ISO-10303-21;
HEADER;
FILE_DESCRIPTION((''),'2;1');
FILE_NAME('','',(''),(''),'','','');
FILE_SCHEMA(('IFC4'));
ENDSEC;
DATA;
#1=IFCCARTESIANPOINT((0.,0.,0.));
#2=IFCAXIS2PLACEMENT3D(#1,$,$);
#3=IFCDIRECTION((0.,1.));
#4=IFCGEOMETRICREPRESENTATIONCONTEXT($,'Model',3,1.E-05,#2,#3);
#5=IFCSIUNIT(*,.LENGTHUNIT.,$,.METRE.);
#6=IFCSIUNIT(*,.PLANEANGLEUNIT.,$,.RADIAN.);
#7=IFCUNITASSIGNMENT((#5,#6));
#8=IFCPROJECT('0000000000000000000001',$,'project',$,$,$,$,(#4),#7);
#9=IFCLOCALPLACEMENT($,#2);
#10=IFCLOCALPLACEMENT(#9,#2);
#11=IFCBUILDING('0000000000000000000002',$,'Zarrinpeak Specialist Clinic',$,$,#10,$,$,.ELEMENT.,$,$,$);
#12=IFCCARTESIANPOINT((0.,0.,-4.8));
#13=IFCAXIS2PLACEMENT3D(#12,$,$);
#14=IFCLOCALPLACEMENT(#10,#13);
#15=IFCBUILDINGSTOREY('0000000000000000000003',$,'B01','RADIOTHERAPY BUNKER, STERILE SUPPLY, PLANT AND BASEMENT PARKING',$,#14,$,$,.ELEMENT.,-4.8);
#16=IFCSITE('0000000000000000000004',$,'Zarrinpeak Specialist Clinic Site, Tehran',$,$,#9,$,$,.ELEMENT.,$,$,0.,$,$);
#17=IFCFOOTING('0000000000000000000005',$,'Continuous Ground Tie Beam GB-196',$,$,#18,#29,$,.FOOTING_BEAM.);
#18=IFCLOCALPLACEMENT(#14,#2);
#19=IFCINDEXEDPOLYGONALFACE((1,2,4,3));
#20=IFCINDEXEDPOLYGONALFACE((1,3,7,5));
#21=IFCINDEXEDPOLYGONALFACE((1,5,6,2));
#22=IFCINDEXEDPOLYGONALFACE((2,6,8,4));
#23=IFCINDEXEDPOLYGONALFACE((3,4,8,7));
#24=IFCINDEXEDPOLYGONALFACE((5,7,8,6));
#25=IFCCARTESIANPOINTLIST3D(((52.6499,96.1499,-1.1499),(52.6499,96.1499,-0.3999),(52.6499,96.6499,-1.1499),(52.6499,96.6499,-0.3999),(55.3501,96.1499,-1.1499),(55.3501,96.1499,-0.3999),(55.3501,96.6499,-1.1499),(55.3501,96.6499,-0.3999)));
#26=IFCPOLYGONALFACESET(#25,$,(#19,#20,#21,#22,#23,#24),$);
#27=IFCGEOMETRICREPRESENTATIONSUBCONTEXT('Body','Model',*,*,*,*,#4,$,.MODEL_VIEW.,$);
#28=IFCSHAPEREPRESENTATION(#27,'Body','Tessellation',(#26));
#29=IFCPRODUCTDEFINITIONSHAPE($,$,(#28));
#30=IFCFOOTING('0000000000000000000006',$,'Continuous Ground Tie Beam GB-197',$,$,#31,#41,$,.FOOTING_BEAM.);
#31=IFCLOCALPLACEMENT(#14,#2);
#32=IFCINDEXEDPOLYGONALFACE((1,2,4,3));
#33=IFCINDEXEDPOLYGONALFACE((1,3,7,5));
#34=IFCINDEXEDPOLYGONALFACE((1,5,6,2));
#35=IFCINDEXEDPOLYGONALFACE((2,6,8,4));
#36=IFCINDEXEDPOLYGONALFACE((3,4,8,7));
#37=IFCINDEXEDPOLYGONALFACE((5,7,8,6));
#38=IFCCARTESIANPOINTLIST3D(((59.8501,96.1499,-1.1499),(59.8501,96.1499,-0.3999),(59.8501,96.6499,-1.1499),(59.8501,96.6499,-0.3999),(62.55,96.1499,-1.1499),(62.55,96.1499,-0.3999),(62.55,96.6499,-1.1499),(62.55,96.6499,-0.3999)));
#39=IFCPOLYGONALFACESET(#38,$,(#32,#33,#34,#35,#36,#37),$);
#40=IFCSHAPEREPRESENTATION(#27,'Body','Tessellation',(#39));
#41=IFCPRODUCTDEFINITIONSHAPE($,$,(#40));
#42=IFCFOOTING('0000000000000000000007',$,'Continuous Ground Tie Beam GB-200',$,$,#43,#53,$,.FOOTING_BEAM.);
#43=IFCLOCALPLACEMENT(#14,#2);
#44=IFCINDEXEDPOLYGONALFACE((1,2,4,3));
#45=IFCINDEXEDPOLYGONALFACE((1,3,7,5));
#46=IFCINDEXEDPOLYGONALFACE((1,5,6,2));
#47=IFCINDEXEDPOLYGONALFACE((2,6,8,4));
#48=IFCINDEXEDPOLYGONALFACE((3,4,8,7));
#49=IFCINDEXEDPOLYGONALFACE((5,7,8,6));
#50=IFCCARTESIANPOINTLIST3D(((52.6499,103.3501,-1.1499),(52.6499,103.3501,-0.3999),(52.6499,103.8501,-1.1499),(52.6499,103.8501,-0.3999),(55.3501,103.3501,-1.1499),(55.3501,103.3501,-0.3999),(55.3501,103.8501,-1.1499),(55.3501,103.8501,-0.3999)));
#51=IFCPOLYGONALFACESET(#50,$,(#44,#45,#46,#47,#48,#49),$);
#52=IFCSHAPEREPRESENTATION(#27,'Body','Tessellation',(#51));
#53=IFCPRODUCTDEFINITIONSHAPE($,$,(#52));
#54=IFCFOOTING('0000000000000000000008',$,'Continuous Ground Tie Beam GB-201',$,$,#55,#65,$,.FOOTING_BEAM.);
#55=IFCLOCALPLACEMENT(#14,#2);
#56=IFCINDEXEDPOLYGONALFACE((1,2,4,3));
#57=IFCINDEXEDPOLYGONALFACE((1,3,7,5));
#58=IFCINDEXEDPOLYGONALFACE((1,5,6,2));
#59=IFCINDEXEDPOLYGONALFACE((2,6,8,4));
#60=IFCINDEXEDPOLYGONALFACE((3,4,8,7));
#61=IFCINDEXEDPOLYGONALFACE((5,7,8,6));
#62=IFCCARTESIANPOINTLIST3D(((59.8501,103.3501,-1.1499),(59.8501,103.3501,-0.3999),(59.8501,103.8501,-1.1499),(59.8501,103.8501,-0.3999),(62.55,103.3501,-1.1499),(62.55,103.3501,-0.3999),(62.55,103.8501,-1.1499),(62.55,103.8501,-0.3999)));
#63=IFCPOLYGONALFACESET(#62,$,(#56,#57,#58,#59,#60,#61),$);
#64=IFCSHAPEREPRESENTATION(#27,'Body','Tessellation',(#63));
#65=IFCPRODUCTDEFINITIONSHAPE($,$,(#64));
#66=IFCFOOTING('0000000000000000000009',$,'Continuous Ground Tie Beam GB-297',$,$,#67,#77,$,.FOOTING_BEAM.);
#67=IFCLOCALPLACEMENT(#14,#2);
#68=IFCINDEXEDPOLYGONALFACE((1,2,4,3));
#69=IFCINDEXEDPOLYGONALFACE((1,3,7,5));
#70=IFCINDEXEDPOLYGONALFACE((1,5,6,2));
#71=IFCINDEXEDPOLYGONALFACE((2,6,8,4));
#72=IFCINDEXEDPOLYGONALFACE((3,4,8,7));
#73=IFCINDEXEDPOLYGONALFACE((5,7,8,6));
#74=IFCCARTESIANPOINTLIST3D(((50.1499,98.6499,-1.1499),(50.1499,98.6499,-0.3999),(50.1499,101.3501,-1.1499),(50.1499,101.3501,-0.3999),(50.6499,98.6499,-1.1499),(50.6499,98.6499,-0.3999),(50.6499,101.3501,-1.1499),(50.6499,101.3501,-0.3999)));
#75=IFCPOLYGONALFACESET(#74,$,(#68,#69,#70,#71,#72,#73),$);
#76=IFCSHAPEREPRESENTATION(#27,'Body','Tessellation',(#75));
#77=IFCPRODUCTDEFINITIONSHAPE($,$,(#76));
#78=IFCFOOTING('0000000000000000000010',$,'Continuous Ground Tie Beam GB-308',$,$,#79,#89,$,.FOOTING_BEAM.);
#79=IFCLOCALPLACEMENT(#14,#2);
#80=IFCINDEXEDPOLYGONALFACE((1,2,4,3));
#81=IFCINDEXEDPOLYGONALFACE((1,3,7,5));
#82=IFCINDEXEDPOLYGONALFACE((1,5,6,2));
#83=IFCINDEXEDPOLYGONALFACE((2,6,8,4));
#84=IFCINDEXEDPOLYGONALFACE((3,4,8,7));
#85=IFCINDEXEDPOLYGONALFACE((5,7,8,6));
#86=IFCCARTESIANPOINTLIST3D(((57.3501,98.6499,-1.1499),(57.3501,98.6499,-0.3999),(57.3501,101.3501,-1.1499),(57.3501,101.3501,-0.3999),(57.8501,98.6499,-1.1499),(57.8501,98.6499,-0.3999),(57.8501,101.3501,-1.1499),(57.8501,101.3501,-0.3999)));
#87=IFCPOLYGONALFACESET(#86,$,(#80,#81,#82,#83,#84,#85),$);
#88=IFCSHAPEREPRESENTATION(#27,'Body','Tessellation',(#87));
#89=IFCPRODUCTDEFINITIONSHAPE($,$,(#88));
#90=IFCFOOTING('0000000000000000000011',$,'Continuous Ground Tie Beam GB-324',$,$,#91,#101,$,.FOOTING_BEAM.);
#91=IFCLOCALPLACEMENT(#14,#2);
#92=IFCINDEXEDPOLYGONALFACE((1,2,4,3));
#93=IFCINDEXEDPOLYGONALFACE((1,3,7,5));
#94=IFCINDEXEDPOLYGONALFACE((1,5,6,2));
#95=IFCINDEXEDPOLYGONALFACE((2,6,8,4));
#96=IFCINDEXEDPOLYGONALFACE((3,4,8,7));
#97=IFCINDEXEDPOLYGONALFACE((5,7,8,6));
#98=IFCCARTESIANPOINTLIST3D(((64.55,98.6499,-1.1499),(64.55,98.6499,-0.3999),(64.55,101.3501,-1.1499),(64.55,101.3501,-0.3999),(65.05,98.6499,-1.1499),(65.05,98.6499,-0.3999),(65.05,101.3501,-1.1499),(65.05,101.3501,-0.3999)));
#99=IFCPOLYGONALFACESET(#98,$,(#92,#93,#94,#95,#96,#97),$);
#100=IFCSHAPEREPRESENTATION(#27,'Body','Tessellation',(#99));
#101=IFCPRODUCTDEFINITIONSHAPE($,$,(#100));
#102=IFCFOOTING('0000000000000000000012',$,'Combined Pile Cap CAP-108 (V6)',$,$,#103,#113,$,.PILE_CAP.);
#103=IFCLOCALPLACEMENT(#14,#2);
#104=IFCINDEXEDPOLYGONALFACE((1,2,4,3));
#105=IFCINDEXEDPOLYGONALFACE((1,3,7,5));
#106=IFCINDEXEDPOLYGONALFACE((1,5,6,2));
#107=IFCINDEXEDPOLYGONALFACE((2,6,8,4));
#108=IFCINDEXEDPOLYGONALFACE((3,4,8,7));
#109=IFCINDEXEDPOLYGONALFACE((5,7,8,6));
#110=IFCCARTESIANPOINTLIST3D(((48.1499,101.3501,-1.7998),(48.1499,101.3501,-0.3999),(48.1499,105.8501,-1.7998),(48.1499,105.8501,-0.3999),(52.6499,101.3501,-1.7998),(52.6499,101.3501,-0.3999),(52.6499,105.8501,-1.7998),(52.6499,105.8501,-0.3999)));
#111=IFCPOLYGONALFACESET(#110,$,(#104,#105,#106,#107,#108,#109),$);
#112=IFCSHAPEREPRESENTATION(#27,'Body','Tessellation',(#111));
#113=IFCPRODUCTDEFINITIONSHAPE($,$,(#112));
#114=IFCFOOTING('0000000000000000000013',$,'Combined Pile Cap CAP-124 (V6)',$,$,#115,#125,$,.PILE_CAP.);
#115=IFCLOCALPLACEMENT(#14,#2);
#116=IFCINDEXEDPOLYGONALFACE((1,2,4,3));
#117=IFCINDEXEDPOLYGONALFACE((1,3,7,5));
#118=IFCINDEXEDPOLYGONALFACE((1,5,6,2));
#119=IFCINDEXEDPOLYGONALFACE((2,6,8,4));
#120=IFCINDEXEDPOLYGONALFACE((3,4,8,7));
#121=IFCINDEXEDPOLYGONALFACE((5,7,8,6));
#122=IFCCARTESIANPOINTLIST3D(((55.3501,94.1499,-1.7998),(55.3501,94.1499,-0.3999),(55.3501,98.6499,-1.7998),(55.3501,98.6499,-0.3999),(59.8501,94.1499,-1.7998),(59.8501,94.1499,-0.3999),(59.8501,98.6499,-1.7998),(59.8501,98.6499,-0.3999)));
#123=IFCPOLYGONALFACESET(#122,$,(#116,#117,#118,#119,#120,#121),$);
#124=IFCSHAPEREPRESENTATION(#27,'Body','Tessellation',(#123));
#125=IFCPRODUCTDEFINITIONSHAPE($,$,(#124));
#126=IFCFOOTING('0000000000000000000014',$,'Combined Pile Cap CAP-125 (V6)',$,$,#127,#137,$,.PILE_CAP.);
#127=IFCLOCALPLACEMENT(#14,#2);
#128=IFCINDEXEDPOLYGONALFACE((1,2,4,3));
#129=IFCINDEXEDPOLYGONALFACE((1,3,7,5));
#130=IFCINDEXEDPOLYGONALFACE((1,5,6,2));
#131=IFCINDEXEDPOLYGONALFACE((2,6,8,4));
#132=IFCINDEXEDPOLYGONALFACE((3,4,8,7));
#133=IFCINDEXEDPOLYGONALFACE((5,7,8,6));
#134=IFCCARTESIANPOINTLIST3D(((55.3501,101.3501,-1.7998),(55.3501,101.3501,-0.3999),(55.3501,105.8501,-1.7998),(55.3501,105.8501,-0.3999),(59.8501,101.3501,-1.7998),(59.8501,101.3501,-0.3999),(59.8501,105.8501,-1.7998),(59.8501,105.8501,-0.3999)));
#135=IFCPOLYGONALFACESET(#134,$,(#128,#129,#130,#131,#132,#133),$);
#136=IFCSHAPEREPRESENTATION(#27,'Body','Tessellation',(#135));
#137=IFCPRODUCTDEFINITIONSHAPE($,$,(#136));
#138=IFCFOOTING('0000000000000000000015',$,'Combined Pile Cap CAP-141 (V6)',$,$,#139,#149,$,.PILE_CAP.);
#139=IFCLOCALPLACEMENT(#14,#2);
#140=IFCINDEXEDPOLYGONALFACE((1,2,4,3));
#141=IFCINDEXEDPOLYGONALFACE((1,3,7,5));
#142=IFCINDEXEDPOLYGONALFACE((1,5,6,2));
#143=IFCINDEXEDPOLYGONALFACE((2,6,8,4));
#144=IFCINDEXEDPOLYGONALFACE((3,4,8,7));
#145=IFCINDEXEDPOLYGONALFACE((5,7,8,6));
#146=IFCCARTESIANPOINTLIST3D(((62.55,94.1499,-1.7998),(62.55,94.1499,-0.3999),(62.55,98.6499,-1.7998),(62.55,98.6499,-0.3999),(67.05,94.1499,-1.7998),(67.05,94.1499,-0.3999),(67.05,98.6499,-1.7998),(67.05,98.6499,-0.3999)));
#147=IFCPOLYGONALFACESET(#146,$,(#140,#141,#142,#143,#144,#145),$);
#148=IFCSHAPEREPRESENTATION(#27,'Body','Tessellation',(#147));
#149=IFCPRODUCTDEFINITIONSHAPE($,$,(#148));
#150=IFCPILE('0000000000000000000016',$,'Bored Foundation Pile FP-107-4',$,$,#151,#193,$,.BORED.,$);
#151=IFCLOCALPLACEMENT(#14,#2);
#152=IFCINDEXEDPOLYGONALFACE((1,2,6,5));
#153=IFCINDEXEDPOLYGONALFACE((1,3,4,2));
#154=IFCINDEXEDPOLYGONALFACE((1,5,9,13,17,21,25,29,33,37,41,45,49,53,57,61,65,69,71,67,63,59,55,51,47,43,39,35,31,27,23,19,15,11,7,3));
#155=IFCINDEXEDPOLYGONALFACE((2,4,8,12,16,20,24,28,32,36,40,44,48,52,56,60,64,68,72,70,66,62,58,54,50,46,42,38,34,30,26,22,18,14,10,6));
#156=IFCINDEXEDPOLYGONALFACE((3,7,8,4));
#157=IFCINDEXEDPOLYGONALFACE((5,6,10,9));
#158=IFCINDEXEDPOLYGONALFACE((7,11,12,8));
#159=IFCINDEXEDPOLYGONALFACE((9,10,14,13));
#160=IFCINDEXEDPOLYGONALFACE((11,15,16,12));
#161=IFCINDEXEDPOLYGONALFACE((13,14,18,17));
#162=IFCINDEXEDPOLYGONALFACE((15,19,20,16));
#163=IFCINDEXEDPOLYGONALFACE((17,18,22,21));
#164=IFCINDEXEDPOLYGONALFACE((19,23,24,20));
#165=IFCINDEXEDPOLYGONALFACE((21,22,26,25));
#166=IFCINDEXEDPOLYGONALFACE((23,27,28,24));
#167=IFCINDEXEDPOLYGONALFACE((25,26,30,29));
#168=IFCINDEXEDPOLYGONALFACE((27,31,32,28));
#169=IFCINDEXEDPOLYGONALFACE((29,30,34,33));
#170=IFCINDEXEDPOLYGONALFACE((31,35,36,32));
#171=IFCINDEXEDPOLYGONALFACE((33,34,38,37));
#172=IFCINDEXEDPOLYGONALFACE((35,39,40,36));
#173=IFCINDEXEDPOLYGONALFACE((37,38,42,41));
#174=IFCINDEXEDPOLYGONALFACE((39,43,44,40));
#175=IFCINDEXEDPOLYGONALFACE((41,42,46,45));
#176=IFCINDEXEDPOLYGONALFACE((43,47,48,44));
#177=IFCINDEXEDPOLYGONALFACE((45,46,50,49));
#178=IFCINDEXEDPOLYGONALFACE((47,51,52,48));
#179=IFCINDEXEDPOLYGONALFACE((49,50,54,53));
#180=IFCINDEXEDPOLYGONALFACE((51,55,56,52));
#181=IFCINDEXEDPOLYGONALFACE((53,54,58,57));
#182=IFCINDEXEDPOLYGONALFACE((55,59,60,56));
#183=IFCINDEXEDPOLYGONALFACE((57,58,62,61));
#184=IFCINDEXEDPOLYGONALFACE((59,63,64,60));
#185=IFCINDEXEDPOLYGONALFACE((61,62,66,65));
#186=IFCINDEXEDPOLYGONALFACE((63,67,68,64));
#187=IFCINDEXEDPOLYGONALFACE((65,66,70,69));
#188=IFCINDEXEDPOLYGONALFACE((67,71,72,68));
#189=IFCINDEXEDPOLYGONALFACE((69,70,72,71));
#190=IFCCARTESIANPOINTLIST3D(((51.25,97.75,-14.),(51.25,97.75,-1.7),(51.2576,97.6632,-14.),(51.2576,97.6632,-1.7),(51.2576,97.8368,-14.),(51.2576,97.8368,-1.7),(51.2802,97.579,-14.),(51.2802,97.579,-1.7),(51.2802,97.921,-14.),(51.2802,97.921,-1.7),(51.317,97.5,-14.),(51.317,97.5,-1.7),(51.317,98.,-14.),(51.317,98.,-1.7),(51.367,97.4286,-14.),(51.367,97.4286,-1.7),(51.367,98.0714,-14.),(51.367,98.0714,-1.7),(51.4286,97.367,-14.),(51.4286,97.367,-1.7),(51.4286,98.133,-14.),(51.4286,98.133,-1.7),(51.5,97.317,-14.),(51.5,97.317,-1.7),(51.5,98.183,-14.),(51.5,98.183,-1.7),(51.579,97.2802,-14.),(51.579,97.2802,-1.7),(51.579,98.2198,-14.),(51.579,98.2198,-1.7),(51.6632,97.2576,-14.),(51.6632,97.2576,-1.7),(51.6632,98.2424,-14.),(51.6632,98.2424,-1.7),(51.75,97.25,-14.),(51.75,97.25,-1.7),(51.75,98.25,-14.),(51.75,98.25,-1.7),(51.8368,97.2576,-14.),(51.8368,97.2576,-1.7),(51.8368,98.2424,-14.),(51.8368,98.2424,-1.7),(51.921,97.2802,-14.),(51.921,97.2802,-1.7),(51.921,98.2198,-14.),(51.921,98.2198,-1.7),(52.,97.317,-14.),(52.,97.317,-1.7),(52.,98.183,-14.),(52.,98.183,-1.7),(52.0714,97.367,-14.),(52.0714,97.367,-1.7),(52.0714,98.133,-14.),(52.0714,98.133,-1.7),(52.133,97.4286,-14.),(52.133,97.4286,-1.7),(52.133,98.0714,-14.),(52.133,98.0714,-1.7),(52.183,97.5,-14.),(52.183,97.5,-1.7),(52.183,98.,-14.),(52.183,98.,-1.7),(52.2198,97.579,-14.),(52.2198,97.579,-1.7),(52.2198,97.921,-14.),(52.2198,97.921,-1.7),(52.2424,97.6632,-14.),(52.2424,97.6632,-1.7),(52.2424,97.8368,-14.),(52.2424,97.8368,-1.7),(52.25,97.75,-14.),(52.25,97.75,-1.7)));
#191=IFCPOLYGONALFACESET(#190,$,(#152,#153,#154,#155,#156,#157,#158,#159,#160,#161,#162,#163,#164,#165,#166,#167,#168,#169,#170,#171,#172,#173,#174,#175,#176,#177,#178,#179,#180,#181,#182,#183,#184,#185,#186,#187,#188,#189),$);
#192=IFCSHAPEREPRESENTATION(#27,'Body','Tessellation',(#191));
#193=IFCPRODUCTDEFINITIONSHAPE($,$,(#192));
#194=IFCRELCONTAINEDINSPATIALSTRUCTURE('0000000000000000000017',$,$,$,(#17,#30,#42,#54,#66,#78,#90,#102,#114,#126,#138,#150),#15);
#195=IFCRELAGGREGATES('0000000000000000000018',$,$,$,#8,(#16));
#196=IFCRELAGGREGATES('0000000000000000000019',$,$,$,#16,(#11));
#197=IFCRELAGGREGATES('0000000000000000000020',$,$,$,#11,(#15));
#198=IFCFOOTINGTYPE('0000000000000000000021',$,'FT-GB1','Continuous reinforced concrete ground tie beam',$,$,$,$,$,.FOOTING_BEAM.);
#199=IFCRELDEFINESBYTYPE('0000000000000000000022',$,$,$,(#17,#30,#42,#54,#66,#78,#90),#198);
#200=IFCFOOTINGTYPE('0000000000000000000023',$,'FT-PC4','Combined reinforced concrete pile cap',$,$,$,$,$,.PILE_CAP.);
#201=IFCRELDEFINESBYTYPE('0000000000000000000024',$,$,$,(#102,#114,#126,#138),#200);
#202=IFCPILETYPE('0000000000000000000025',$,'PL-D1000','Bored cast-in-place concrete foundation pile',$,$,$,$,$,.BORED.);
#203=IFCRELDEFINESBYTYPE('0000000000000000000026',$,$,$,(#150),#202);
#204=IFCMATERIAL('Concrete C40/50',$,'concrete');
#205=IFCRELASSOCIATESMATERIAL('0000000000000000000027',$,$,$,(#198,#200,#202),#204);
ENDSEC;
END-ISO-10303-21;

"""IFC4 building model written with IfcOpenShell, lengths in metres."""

from ifc_helpers import new_model, si_unit, direction, frame, origin, origin_2d, place, context, subcontext, project, spatial, rectangle, circle, extrude, material, material_profile, profile_set, type_object, element, save


model = new_model("IFC4")

# Units and contexts
model_context = context("Model", 3, precision=1e-05, world=origin(), true_north=direction((0.0, 1.0)))
body_context = subcontext(model_context, "Body", "Model", "MODEL_VIEW")
ifc_project = project(units=[si_unit("LENGTHUNIT", "METRE"), si_unit("PLANEANGLEUNIT", "RADIAN")], contexts=[model_context])

# Site, building, storey
site_placement = place(None, origin())
site = spatial("IfcSite", under=ifc_project, at=site_placement, Name="Zarrinpeak Specialist Clinic Site, Tehran", CompositionType="ELEMENT", RefElevation=0.0)
building_placement = place(site_placement, origin())
building = spatial("IfcBuilding", under=site, at=building_placement, Name="Zarrinpeak Specialist Clinic", CompositionType="ELEMENT")
storey_placement = place(building_placement, frame((0.0, 0.0, -4.8)))
storey = spatial("IfcBuildingStorey", under=building, at=storey_placement, Name="B01", Description="RADIOTHERAPY BUNKER, STERILE SUPPLY, PLANT AND BASEMENT PARKING", CompositionType="ELEMENT", Elevation=-4.8)

# Footings
ifc_material_1 = material(Name="Concrete C40/50", Category="concrete")
ifc_material_profile_1 = material_profile(ifc_material_1, rectangle(XDim=0.5, YDim=0.75, at=origin_2d()), Name="RC 500x750")
ifc_profile_set_1 = profile_set([ifc_material_profile_1], Name="Concrete C40/50")
footing_type_1 = type_object("IfcFootingType", Name="FT-GB1", Description="Continuous reinforced concrete ground tie beam", PredefinedType="FOOTING_BEAM", material=ifc_profile_set_1)
footing_1_placement = place(storey_placement, frame((52.6499, 96.3999, -0.7749), z_axis=(1.0, 0.0, 0.0), x_axis=(0.0, 1.0, 0.0)))
element("IfcFooting", 1, at=footing_1_placement, inside=storey, type_object=footing_type_1, Name="Continuous Ground Tie Beam GB-196", PredefinedType="FOOTING_BEAM", context=body_context, shape_type="SweptSolid", body=[
    extrude(rectangle(XDim=0.5, YDim=0.75, at=origin_2d()), origin(), (0.0, 0.0, 1.0), 2.7002),
])
footing_2_placement = place(storey_placement, frame((59.8501, 96.3999, -0.7749), z_axis=(1.0, 0.0, 0.0), x_axis=(0.0, 1.0, 0.0)))
element("IfcFooting", 2, at=footing_2_placement, inside=storey, type_object=footing_type_1, Name="Continuous Ground Tie Beam GB-197", PredefinedType="FOOTING_BEAM", context=body_context, shape_type="SweptSolid", body=[
    extrude(rectangle(XDim=0.5, YDim=0.75, at=origin_2d()), origin(), (0.0, 0.0, 1.0), 2.7),
])
footing_3_placement = place(storey_placement, frame((52.6499, 103.6001, -0.7749), z_axis=(1.0, 0.0, 0.0), x_axis=(0.0, 1.0, 0.0)))
element("IfcFooting", 3, at=footing_3_placement, inside=storey, type_object=footing_type_1, Name="Continuous Ground Tie Beam GB-200", PredefinedType="FOOTING_BEAM", context=body_context, shape_type="SweptSolid", body=[
    extrude(rectangle(XDim=0.5, YDim=0.75, at=origin_2d()), origin(), (0.0, 0.0, 1.0), 2.7002),
])
footing_4_placement = place(storey_placement, frame((59.8501, 103.6001, -0.7749), z_axis=(1.0, 0.0, 0.0), x_axis=(0.0, 1.0, 0.0)))
element("IfcFooting", 4, at=footing_4_placement, inside=storey, type_object=footing_type_1, Name="Continuous Ground Tie Beam GB-201", PredefinedType="FOOTING_BEAM", context=body_context, shape_type="SweptSolid", body=[
    extrude(rectangle(XDim=0.5, YDim=0.75, at=origin_2d()), origin(), (0.0, 0.0, 1.0), 2.7),
])
for number, where, z_axis, x_axis, name in (
    (5, (50.3999, 98.6499, -0.7749), (0.0, 1.0, 0.0), (-1.0, 0.0, 0.0), "Continuous Ground Tie Beam GB-297"),
    (6, (57.6001, 98.6499, -0.7749), (0.0, 1.0, 0.0), (-1.0, 0.0, 0.0), "Continuous Ground Tie Beam GB-308"),
    (7, (64.8, 98.6499, -0.7749), (0.0, 1.0, 0.0), (-1.0, 0.0, 0.0), "Continuous Ground Tie Beam GB-324"),
):
    element("IfcFooting", number, at=place(storey_placement, frame(where, z_axis=z_axis, x_axis=x_axis)), inside=storey, type_object=footing_type_1, Name=name, PredefinedType="FOOTING_BEAM", context=body_context, shape_type="SweptSolid", body=[
        extrude(rectangle(XDim=0.5, YDim=0.75, at=origin_2d()), origin(), (0.0, 0.0, 1.0), 2.7002),
    ])
footing_type_2 = type_object("IfcFootingType", Name="FT-PC4", Description="Combined reinforced concrete pile cap", PredefinedType="PILE_CAP", material=ifc_material_1)
for number, where, z_axis, x_axis, name in (
    (8, (50.3999, 103.6001, -1.7998), (0.0, 0.0, 1.0), (1.0, 0.0, 0.0), "Combined Pile Cap CAP-108 (V6)"),
    (9, (57.6001, 96.3999, -1.7998), (0.0, 0.0, 1.0), (1.0, 0.0, 0.0), "Combined Pile Cap CAP-124 (V6)"),
    (10, (57.6001, 103.6001, -1.7998), (0.0, 0.0, 1.0), (1.0, 0.0, 0.0), "Combined Pile Cap CAP-125 (V6)"),
    (11, (64.8, 96.3999, -1.7998), (0.0, 0.0, 1.0), (1.0, 0.0, 0.0), "Combined Pile Cap CAP-141 (V6)"),
):
    element("IfcFooting", number, at=place(storey_placement, frame(where, z_axis=z_axis, x_axis=x_axis)), inside=storey, type_object=footing_type_2, Name=name, PredefinedType="PILE_CAP", context=body_context, shape_type="SweptSolid", body=[
        extrude(rectangle(XDim=4.5, YDim=4.5, at=origin_2d()), origin(), (0.0, 0.0, 1.0), 1.3999),
    ])

# Pile
ifc_material_profile_2 = material_profile(ifc_material_1, circle(Radius=0.5, at=origin_2d()), Name="BORED PILE D1000")
ifc_profile_set_2 = profile_set([ifc_material_profile_2], Name="Concrete C40/50")
pile_type = type_object("IfcPileType", Name="PL-D1000", Description="Bored cast-in-place concrete foundation pile", PredefinedType="BORED", material=ifc_profile_set_2)
for number, where, z_axis, x_axis, name in (
    (12, (51.75, 97.75, -1.7), (0.0, 0.0, -1.0), (1.0, 0.0, 0.0), "Bored Foundation Pile FP-107-4"),
):
    element("IfcPile", number, at=place(storey_placement, frame(where, z_axis=z_axis, x_axis=x_axis)), inside=storey, type_object=pile_type, Name=name, PredefinedType="BORED", context=body_context, shape_type="SweptSolid", body=[
        extrude(circle(Radius=0.5, at=origin_2d()), origin(), (0.0, 0.0, 1.0), 12.3),
    ])

save(model, "model.ifc")
